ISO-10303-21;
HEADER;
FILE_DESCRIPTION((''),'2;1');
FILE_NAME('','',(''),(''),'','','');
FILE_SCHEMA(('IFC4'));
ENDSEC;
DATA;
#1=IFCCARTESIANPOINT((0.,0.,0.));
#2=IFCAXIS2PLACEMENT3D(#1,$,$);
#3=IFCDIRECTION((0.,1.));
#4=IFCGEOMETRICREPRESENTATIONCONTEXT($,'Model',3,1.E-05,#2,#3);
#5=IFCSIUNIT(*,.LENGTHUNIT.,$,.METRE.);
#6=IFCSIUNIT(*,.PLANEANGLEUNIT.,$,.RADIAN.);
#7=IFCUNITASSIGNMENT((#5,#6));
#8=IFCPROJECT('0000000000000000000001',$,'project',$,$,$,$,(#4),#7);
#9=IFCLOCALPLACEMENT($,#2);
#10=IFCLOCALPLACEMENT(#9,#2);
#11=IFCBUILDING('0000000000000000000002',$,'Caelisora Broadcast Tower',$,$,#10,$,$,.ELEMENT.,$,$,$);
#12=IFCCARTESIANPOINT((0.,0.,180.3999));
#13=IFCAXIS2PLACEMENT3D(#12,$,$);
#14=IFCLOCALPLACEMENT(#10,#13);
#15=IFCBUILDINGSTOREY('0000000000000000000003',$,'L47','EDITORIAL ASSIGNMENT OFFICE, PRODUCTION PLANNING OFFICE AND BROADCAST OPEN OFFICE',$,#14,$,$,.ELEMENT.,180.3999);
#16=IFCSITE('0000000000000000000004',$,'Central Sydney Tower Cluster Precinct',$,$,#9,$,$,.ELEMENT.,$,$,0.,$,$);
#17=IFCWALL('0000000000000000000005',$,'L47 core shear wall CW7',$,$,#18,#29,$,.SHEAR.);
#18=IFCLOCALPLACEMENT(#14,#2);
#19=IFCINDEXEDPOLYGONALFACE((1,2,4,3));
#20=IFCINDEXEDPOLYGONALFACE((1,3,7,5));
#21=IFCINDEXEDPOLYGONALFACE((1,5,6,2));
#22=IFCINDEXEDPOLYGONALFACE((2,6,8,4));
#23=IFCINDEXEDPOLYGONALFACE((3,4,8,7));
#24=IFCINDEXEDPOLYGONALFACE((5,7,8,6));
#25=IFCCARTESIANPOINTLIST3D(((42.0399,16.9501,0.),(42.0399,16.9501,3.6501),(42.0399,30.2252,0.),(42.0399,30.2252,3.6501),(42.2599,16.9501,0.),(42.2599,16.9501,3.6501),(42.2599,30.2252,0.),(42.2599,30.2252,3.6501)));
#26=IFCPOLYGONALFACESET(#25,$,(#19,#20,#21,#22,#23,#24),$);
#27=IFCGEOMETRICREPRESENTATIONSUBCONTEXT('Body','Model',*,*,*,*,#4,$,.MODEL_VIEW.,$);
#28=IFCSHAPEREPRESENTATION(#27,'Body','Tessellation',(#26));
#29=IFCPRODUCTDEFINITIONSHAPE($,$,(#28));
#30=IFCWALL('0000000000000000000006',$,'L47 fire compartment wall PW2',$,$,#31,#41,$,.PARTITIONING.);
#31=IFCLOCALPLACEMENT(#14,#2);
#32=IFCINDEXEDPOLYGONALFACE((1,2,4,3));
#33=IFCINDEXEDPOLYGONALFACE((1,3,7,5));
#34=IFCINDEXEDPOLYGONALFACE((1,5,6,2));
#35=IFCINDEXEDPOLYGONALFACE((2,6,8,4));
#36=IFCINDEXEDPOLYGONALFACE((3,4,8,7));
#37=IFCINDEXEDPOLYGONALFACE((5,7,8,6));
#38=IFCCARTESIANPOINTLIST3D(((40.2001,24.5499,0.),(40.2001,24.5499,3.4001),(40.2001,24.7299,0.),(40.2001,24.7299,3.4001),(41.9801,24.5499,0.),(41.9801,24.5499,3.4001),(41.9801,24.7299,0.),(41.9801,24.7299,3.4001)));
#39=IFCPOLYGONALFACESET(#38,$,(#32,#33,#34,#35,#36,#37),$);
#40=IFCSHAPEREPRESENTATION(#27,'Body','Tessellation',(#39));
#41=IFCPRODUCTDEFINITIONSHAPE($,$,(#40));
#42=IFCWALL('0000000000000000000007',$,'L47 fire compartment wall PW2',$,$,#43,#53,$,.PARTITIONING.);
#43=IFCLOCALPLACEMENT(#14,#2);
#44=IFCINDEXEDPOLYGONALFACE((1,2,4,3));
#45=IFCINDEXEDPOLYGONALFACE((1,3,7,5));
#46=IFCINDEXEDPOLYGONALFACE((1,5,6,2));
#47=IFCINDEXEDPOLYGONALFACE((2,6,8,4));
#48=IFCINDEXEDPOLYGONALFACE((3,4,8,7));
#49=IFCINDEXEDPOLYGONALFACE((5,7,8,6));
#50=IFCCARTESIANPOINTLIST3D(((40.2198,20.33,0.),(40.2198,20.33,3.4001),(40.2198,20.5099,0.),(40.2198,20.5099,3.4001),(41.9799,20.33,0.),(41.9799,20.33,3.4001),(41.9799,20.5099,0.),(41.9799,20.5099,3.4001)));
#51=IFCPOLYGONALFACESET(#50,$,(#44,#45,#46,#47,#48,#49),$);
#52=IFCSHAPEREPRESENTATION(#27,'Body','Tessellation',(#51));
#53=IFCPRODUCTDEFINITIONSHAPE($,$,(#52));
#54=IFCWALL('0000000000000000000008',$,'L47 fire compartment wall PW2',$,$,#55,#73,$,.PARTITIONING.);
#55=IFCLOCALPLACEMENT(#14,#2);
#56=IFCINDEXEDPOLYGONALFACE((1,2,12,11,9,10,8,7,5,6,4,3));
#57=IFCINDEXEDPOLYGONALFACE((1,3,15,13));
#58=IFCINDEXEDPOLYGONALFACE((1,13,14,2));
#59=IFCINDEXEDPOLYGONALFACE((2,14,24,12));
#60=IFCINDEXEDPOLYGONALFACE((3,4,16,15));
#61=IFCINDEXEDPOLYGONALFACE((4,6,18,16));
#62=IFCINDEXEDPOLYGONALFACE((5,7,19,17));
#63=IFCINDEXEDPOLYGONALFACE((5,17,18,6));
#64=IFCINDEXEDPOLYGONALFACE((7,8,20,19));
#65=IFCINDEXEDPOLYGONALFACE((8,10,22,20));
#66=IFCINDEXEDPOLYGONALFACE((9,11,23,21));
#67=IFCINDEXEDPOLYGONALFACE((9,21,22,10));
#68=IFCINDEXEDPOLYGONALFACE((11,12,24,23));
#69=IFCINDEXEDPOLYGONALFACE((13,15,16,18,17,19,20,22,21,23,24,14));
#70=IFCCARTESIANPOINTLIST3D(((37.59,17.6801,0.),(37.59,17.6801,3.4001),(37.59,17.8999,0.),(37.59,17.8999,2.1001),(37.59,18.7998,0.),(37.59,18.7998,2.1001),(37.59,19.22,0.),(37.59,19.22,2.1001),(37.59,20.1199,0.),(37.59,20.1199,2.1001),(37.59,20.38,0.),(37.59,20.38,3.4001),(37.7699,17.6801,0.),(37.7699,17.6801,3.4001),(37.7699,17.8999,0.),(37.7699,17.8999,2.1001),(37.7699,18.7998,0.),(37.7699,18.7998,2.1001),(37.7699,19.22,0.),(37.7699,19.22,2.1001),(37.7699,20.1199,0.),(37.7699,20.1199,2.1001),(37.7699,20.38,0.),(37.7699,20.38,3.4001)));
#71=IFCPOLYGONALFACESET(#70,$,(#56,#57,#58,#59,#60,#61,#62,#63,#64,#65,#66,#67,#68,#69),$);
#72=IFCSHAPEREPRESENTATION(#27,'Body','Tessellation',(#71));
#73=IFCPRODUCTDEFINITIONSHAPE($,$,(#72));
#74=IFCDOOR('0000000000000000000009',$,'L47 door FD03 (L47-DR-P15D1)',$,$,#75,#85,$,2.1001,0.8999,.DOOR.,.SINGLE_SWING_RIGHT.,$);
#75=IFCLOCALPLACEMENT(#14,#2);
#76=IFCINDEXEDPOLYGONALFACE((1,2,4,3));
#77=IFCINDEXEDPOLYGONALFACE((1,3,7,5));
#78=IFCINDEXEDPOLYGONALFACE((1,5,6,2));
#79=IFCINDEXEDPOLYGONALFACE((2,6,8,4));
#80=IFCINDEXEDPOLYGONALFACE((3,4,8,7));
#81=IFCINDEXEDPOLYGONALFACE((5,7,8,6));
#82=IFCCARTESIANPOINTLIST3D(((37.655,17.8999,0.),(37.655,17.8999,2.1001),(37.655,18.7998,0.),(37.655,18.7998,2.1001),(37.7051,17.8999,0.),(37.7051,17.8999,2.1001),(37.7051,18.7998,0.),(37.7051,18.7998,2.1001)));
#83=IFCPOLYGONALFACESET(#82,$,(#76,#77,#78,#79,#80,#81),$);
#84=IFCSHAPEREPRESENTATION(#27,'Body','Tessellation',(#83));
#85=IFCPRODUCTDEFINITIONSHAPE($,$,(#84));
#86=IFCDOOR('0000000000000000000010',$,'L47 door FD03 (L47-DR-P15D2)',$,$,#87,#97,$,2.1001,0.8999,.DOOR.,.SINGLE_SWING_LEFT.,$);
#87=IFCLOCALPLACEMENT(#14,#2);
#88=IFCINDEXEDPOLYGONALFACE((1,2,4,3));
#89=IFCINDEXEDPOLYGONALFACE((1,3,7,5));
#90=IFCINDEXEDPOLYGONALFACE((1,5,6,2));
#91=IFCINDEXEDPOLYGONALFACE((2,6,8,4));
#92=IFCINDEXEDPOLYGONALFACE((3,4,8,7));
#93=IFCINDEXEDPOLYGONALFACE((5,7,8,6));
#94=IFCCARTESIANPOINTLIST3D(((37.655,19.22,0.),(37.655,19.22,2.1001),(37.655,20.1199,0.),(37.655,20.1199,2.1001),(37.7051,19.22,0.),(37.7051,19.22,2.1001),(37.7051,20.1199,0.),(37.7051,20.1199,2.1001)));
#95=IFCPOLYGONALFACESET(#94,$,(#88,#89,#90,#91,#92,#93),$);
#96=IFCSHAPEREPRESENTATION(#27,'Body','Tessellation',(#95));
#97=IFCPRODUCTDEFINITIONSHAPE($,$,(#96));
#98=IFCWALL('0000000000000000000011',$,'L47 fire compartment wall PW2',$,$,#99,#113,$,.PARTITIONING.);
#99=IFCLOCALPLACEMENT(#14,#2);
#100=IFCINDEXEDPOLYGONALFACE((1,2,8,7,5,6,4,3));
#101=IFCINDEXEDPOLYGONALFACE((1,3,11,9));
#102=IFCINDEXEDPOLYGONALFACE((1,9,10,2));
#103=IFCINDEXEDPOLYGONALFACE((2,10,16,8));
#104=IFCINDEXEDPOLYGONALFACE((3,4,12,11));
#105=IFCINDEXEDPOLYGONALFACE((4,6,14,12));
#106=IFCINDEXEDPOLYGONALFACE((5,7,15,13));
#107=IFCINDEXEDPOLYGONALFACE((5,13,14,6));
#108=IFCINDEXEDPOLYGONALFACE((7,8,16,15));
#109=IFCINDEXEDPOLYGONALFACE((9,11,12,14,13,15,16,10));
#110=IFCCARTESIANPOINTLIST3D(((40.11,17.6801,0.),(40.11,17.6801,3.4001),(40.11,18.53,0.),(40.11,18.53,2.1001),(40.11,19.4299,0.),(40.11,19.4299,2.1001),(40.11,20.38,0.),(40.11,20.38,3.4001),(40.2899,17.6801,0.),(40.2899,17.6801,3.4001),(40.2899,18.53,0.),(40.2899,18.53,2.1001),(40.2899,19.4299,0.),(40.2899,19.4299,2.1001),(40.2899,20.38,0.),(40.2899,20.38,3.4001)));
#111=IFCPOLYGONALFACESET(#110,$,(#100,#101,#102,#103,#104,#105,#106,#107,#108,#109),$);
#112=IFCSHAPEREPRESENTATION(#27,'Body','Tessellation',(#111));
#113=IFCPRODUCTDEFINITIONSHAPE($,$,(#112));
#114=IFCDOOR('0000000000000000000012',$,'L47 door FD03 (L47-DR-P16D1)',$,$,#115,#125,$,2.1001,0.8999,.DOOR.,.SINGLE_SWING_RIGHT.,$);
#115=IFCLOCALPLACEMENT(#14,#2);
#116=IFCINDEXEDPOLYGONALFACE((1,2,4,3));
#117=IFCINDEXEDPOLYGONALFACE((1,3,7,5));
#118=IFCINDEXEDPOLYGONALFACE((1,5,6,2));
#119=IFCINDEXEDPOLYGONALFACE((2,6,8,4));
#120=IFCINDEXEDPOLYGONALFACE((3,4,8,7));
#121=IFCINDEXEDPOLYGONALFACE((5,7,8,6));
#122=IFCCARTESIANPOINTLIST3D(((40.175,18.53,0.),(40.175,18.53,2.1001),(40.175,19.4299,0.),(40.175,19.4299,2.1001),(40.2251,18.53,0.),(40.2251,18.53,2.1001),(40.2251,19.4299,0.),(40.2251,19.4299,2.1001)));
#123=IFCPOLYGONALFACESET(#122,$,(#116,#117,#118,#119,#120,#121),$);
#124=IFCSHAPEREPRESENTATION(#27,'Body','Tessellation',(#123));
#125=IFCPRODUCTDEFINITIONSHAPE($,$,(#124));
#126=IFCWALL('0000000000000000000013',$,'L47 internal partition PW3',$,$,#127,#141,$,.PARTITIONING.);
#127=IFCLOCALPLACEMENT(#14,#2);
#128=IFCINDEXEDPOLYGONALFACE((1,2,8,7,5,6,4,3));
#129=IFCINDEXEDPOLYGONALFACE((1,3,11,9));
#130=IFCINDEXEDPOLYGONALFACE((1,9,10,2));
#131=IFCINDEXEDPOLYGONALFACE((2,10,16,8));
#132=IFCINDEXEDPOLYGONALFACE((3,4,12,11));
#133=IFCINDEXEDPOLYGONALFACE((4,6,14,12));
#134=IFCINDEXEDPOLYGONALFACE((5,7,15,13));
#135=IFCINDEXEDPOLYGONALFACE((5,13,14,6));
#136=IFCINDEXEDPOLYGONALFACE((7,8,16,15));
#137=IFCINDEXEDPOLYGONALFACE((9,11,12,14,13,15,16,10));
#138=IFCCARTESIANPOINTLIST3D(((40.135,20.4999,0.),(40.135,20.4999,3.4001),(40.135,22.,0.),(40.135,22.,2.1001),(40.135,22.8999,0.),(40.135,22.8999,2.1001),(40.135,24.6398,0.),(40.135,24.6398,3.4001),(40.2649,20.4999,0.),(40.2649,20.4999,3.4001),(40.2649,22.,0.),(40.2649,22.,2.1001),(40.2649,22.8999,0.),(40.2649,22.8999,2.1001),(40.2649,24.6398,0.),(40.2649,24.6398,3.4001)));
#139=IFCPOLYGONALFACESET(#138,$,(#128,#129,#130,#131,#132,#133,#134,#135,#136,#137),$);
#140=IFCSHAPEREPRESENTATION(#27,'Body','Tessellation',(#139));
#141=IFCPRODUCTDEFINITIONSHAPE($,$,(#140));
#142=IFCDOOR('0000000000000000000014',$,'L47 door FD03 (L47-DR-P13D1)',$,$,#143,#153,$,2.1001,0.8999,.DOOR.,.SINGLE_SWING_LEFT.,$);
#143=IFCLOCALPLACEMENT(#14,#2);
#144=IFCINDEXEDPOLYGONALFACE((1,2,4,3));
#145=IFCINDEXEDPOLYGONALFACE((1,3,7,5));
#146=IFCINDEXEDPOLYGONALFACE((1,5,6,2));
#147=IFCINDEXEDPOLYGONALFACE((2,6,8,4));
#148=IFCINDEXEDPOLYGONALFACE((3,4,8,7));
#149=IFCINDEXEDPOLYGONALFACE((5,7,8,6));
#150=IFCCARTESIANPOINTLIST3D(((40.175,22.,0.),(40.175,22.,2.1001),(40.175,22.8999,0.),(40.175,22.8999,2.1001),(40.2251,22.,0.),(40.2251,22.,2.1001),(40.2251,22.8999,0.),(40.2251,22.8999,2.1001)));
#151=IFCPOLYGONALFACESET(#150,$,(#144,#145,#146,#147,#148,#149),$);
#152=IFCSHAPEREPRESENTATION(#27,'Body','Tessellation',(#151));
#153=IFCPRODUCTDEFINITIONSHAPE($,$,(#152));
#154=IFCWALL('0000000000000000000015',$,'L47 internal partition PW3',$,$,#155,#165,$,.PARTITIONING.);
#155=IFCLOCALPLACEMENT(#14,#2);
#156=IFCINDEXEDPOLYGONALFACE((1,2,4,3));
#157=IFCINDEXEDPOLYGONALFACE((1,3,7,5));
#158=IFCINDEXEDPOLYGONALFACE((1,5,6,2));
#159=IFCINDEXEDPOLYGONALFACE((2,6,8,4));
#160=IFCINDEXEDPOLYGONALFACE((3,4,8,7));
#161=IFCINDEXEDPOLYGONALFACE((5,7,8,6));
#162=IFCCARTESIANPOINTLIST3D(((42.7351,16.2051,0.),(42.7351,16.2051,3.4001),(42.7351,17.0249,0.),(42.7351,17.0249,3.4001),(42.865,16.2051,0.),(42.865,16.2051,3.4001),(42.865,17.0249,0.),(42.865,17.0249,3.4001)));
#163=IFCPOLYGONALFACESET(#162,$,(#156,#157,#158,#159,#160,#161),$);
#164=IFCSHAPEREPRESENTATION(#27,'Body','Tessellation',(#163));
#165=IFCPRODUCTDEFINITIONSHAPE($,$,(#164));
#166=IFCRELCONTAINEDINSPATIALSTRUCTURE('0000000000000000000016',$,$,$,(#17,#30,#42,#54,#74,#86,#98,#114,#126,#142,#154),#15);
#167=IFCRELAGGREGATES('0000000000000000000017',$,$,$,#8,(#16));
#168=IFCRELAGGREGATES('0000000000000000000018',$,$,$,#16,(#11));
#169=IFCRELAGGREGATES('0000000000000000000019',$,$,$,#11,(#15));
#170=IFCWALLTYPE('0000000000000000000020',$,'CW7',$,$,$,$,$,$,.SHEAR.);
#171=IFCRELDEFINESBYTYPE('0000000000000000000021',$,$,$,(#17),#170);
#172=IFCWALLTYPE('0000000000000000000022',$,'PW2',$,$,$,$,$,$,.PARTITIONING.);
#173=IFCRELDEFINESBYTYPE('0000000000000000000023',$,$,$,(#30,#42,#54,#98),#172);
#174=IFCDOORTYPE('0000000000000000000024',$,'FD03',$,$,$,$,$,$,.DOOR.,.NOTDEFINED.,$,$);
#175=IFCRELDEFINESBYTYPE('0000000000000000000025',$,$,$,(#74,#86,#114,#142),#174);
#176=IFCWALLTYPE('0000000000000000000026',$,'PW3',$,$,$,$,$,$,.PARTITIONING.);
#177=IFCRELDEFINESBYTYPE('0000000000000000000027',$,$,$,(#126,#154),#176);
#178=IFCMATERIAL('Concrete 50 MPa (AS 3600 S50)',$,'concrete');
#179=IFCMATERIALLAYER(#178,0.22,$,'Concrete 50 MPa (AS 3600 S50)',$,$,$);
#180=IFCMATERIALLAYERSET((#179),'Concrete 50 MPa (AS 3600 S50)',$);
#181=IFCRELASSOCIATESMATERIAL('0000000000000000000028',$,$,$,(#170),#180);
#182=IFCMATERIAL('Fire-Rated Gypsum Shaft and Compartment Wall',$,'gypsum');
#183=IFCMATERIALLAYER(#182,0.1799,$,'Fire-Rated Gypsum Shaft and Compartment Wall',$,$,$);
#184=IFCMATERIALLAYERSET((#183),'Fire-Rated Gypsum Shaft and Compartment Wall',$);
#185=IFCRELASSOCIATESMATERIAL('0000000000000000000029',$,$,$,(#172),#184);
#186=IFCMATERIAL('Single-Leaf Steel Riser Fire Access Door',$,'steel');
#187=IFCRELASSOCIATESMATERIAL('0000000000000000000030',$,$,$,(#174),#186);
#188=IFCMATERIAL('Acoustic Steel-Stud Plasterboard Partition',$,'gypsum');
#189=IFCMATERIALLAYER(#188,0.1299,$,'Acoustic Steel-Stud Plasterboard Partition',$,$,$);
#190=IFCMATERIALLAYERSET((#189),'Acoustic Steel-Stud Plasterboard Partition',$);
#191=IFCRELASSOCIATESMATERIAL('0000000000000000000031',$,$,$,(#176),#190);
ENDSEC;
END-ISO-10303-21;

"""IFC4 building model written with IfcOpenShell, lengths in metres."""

from ifc_helpers import new_model, si_unit, direction, frame, frame_2d, origin, place, context, subcontext, project, spatial, rectangle, extrude, material, layer, layer_set, type_object, element, fill, save


model = new_model("IFC4")

# Units and contexts
model_context = context("Model", 3, precision=1e-05, world=origin(), true_north=direction((0.0, 1.0)))
body_context = subcontext(model_context, "Body", "Model", "MODEL_VIEW")
ifc_project = project(units=[si_unit("LENGTHUNIT", "METRE"), si_unit("PLANEANGLEUNIT", "RADIAN")], contexts=[model_context])

# Site, building, storey
site_placement = place(None, origin())
site = spatial("IfcSite", under=ifc_project, at=site_placement, Name="Central Sydney Tower Cluster Precinct", CompositionType="ELEMENT", RefElevation=0.0)
building_placement = place(site_placement, origin())
building = spatial("IfcBuilding", under=site, at=building_placement, Name="Caelisora Broadcast Tower", CompositionType="ELEMENT")
storey_placement = place(building_placement, frame((0.0, 0.0, 180.3999)))
storey = spatial("IfcBuildingStorey", under=building, at=storey_placement, Name="L47", Description="EDITORIAL ASSIGNMENT OFFICE, PRODUCTION PLANNING OFFICE AND BROADCAST OPEN OFFICE", CompositionType="ELEMENT", Elevation=180.3999)

# Shared definitions
ifc_material_1 = material(Name="Concrete 50 MPa (AS 3600 S50)", Category="concrete")

# Walls
ifc_layer_1 = layer(ifc_material_1, 0.22, Name="Concrete 50 MPa (AS 3600 S50)")
ifc_layer_set_1 = layer_set([ifc_layer_1], Name="Concrete 50 MPa (AS 3600 S50)")
wall_type_1 = type_object("IfcWallType", Name="CW7", PredefinedType="SHEAR", material=ifc_layer_set_1)
wall_1_placement = place(storey_placement, frame((42.1499, 16.95, 0.0), z_axis=(0.0, 0.0, 1.0), x_axis=(0.0, 1.0, 0.0)))
element("IfcWall", 1, at=wall_1_placement, inside=storey, type_object=wall_type_1, Name="L47 core shear wall CW7", PredefinedType="SHEAR", context=body_context, shape_type="SweptSolid", body=[
    extrude(rectangle(XDim=13.2751, YDim=0.22, at=frame_2d((6.6377, 0.0))), origin(), (0.0, 0.0, 1.0), 3.6501),
])
ifc_material_2 = material(Name="Fire-Rated Gypsum Shaft and Compartment Wall", Category="gypsum")
ifc_layer_2 = layer(ifc_material_2, 0.1799, Name="Fire-Rated Gypsum Shaft and Compartment Wall")
ifc_layer_set_2 = layer_set([ifc_layer_2], Name="Fire-Rated Gypsum Shaft and Compartment Wall")
wall_type_2 = type_object("IfcWallType", Name="PW2", PredefinedType="PARTITIONING", material=ifc_layer_set_2)
wall_2_placement = place(storey_placement, frame((40.2, 24.6399, 0.0), z_axis=(0.0, 0.0, 1.0), x_axis=(1.0, 0.0, 0.0)))
element("IfcWall", 2, at=wall_2_placement, inside=storey, type_object=wall_type_2, Name="L47 fire compartment wall PW2", PredefinedType="PARTITIONING", context=body_context, shape_type="SweptSolid", body=[
    extrude(rectangle(XDim=1.78, YDim=0.1799, at=frame_2d((0.8901, 0.0))), origin(), (0.0, 0.0, 1.0), 3.4001),
])
wall_3_placement = place(storey_placement, frame((40.22, 20.4199, 0.0), z_axis=(0.0, 0.0, 1.0), x_axis=(1.0, 0.0, 0.0)))
element("IfcWall", 3, at=wall_3_placement, inside=storey, type_object=wall_type_2, Name="L47 fire compartment wall PW2", PredefinedType="PARTITIONING", context=body_context, shape_type="SweptSolid", body=[
    extrude(rectangle(XDim=1.76, YDim=0.1799, at=frame_2d((0.8799, 0.0))), origin(), (0.0, 0.0, 1.0), 3.4001),
])

# Wall, openings, doors
wall_4_placement = place(storey_placement, frame((37.6799, 17.6799, 0.0), z_axis=(0.0, 0.0, 1.0), x_axis=(0.0, 1.0, 0.0)))
wall_4 = element("IfcWall", 4, at=wall_4_placement, inside=storey, type_object=wall_type_2, Name="L47 fire compartment wall PW2", PredefinedType="PARTITIONING", context=body_context, shape_type="SweptSolid", body=[
    extrude(rectangle(XDim=2.7, YDim=0.1799, at=frame_2d((1.3501, 0.0))), origin(), (0.0, 0.0, 1.0), 3.4001),
])
opening_1_placement = place(wall_4_placement, frame((0.22, 0.0, 0.0)))
opening_1 = element("IfcOpeningElement", 5, at=opening_1_placement, cuts=wall_4, PredefinedType="OPENING", context=body_context, shape_type="SweptSolid", body=[
    extrude(rectangle(XDim=0.8999, YDim=2.1001, at=frame_2d((0.45, 1.05))), frame((0.0, 0.1021, 0.0), z_axis=(0.0, -1.0, 0.0), x_axis=(1.0, 0.0, 0.0)), (0.0, 0.0, 1.0), 0.2039),
])
opening_2_placement = place(wall_4_placement, frame((1.54, 0.0, 0.0)))
opening_2 = element("IfcOpeningElement", 6, at=opening_2_placement, cuts=wall_4, PredefinedType="OPENING", context=body_context, shape_type="SweptSolid", body=[
    extrude(rectangle(XDim=0.8999, YDim=2.1001, at=frame_2d((0.45, 1.05))), frame((0.0, 0.1021, 0.0), z_axis=(0.0, -1.0, 0.0), x_axis=(1.0, 0.0, 0.0)), (0.0, 0.0, 1.0), 0.2039),
])
ifc_material_3 = material(Name="Single-Leaf Steel Riser Fire Access Door", Category="steel")
door_type_1 = type_object("IfcDoorType", Name="FD03", OperationType="NOTDEFINED", PredefinedType="DOOR", material=ifc_material_3)
door_1_placement = place(opening_1_placement, origin())
door_1 = element("IfcDoor", 7, at=door_1_placement, inside=storey, type_object=door_type_1, Name="L47 door FD03 (L47-DR-P15D1)", OperationType="SINGLE_SWING_RIGHT", OverallHeight=2.1001, OverallWidth=0.8999, PredefinedType="DOOR", context=body_context, shape_type="SweptSolid", body=[
    extrude(rectangle(XDim=0.8999, YDim=2.1001, at=frame_2d((0.45, 1.05))), frame((0.0, 0.0249, 0.0), z_axis=(0.0, -1.0, 0.0), x_axis=(1.0, 0.0, 0.0)), (0.0, 0.0, 1.0), 0.05),
])
fill(opening_1, door_1)
door_2_placement = place(opening_2_placement, origin())
door_2 = element("IfcDoor", 8, at=door_2_placement, inside=storey, type_object=door_type_1, Name="L47 door FD03 (L47-DR-P15D2)", OperationType="SINGLE_SWING_LEFT", OverallHeight=2.1001, OverallWidth=0.8999, PredefinedType="DOOR", context=body_context, shape_type="SweptSolid", body=[
    extrude(rectangle(XDim=0.8999, YDim=2.1001, at=frame_2d((0.45, 1.05))), frame((0.0, 0.0249, 0.0), z_axis=(0.0, -1.0, 0.0), x_axis=(1.0, 0.0, 0.0)), (0.0, 0.0, 1.0), 0.05),
])
fill(opening_2, door_2)

# Walls, openings, doors
wall_5_placement = place(storey_placement, frame((40.2, 17.6799, 0.0), z_axis=(0.0, 0.0, 1.0), x_axis=(0.0, 1.0, 0.0)))
wall_5 = element("IfcWall", 9, at=wall_5_placement, inside=storey, type_object=wall_type_2, Name="L47 fire compartment wall PW2", PredefinedType="PARTITIONING", context=body_context, shape_type="SweptSolid", body=[
    extrude(rectangle(XDim=2.7, YDim=0.1799, at=frame_2d((1.3501, 0.0))), origin(), (0.0, 0.0, 1.0), 3.4001),
])
opening_3_placement = place(wall_5_placement, frame((0.8501, 0.0, 0.0)))
opening_3 = element("IfcOpeningElement", 10, at=opening_3_placement, cuts=wall_5, PredefinedType="OPENING", context=body_context, shape_type="SweptSolid", body=[
    extrude(rectangle(XDim=0.8999, YDim=2.1001, at=frame_2d((0.45, 1.05))), frame((0.0, 0.1021, 0.0), z_axis=(0.0, -1.0, 0.0), x_axis=(1.0, 0.0, 0.0)), (0.0, 0.0, 1.0), 0.2039),
])
door_3_placement = place(opening_3_placement, origin())
door_3 = element("IfcDoor", 11, at=door_3_placement, inside=storey, type_object=door_type_1, Name="L47 door FD03 (L47-DR-P16D1)", OperationType="SINGLE_SWING_RIGHT", OverallHeight=2.1001, OverallWidth=0.8999, PredefinedType="DOOR", context=body_context, shape_type="SweptSolid", body=[
    extrude(rectangle(XDim=0.8999, YDim=2.1001, at=frame_2d((0.45, 1.05))), frame((0.0, 0.0249, 0.0), z_axis=(0.0, -1.0, 0.0), x_axis=(1.0, 0.0, 0.0)), (0.0, 0.0, 1.0), 0.05),
])
fill(opening_3, door_3)
ifc_material_4 = material(Name="Acoustic Steel-Stud Plasterboard Partition", Category="gypsum")
ifc_layer_3 = layer(ifc_material_4, 0.1299, Name="Acoustic Steel-Stud Plasterboard Partition")
ifc_layer_set_3 = layer_set([ifc_layer_3], Name="Acoustic Steel-Stud Plasterboard Partition")
wall_type_3 = type_object("IfcWallType", Name="PW3", PredefinedType="PARTITIONING", material=ifc_layer_set_3)
wall_6_placement = place(storey_placement, frame((40.2, 20.5, 0.0), z_axis=(0.0, 0.0, 1.0), x_axis=(0.0, 1.0, 0.0)))
wall_6 = element("IfcWall", 12, at=wall_6_placement, inside=storey, type_object=wall_type_3, Name="L47 internal partition PW3", PredefinedType="PARTITIONING", context=body_context, shape_type="SweptSolid", body=[
    extrude(rectangle(XDim=4.1399, YDim=0.1299, at=frame_2d((2.0698, 0.0))), origin(), (0.0, 0.0, 1.0), 3.4001),
])
opening_4_placement = place(wall_6_placement, frame((1.5, 0.0, 0.0)))
opening_4 = element("IfcOpeningElement", 13, at=opening_4_placement, cuts=wall_6, PredefinedType="OPENING", context=body_context, shape_type="SweptSolid", body=[
    extrude(rectangle(XDim=0.8999, YDim=2.1001, at=frame_2d((0.45, 1.05))), frame((0.0, 0.0769, 0.0), z_axis=(0.0, -1.0, 0.0), x_axis=(1.0, 0.0, 0.0)), (0.0, 0.0, 1.0), 0.1538),
])
door_4_placement = place(opening_4_placement, origin())
door_4 = element("IfcDoor", 14, at=door_4_placement, inside=storey, type_object=door_type_1, Name="L47 door FD03 (L47-DR-P13D1)", OperationType="SINGLE_SWING_LEFT", OverallHeight=2.1001, OverallWidth=0.8999, PredefinedType="DOOR", context=body_context, shape_type="SweptSolid", body=[
    extrude(rectangle(XDim=0.8999, YDim=2.1001, at=frame_2d((0.45, 1.05))), frame((0.0, 0.0249, 0.0), z_axis=(0.0, -1.0, 0.0), x_axis=(1.0, 0.0, 0.0)), (0.0, 0.0, 1.0), 0.05),
])
fill(opening_4, door_4)

# Wall
wall_7_placement = place(storey_placement, frame((42.8, 16.2051, 0.0), z_axis=(0.0, 0.0, 1.0), x_axis=(0.0, 1.0, 0.0)))
element("IfcWall", 15, at=wall_7_placement, inside=storey, type_object=wall_type_3, Name="L47 internal partition PW3", PredefinedType="PARTITIONING", context=body_context, shape_type="SweptSolid", body=[
    extrude(rectangle(XDim=0.8198, YDim=0.1299, at=frame_2d((0.4099, 0.0))), origin(), (0.0, 0.0, 1.0), 3.4001),
])

save(model, "model.ifc")
